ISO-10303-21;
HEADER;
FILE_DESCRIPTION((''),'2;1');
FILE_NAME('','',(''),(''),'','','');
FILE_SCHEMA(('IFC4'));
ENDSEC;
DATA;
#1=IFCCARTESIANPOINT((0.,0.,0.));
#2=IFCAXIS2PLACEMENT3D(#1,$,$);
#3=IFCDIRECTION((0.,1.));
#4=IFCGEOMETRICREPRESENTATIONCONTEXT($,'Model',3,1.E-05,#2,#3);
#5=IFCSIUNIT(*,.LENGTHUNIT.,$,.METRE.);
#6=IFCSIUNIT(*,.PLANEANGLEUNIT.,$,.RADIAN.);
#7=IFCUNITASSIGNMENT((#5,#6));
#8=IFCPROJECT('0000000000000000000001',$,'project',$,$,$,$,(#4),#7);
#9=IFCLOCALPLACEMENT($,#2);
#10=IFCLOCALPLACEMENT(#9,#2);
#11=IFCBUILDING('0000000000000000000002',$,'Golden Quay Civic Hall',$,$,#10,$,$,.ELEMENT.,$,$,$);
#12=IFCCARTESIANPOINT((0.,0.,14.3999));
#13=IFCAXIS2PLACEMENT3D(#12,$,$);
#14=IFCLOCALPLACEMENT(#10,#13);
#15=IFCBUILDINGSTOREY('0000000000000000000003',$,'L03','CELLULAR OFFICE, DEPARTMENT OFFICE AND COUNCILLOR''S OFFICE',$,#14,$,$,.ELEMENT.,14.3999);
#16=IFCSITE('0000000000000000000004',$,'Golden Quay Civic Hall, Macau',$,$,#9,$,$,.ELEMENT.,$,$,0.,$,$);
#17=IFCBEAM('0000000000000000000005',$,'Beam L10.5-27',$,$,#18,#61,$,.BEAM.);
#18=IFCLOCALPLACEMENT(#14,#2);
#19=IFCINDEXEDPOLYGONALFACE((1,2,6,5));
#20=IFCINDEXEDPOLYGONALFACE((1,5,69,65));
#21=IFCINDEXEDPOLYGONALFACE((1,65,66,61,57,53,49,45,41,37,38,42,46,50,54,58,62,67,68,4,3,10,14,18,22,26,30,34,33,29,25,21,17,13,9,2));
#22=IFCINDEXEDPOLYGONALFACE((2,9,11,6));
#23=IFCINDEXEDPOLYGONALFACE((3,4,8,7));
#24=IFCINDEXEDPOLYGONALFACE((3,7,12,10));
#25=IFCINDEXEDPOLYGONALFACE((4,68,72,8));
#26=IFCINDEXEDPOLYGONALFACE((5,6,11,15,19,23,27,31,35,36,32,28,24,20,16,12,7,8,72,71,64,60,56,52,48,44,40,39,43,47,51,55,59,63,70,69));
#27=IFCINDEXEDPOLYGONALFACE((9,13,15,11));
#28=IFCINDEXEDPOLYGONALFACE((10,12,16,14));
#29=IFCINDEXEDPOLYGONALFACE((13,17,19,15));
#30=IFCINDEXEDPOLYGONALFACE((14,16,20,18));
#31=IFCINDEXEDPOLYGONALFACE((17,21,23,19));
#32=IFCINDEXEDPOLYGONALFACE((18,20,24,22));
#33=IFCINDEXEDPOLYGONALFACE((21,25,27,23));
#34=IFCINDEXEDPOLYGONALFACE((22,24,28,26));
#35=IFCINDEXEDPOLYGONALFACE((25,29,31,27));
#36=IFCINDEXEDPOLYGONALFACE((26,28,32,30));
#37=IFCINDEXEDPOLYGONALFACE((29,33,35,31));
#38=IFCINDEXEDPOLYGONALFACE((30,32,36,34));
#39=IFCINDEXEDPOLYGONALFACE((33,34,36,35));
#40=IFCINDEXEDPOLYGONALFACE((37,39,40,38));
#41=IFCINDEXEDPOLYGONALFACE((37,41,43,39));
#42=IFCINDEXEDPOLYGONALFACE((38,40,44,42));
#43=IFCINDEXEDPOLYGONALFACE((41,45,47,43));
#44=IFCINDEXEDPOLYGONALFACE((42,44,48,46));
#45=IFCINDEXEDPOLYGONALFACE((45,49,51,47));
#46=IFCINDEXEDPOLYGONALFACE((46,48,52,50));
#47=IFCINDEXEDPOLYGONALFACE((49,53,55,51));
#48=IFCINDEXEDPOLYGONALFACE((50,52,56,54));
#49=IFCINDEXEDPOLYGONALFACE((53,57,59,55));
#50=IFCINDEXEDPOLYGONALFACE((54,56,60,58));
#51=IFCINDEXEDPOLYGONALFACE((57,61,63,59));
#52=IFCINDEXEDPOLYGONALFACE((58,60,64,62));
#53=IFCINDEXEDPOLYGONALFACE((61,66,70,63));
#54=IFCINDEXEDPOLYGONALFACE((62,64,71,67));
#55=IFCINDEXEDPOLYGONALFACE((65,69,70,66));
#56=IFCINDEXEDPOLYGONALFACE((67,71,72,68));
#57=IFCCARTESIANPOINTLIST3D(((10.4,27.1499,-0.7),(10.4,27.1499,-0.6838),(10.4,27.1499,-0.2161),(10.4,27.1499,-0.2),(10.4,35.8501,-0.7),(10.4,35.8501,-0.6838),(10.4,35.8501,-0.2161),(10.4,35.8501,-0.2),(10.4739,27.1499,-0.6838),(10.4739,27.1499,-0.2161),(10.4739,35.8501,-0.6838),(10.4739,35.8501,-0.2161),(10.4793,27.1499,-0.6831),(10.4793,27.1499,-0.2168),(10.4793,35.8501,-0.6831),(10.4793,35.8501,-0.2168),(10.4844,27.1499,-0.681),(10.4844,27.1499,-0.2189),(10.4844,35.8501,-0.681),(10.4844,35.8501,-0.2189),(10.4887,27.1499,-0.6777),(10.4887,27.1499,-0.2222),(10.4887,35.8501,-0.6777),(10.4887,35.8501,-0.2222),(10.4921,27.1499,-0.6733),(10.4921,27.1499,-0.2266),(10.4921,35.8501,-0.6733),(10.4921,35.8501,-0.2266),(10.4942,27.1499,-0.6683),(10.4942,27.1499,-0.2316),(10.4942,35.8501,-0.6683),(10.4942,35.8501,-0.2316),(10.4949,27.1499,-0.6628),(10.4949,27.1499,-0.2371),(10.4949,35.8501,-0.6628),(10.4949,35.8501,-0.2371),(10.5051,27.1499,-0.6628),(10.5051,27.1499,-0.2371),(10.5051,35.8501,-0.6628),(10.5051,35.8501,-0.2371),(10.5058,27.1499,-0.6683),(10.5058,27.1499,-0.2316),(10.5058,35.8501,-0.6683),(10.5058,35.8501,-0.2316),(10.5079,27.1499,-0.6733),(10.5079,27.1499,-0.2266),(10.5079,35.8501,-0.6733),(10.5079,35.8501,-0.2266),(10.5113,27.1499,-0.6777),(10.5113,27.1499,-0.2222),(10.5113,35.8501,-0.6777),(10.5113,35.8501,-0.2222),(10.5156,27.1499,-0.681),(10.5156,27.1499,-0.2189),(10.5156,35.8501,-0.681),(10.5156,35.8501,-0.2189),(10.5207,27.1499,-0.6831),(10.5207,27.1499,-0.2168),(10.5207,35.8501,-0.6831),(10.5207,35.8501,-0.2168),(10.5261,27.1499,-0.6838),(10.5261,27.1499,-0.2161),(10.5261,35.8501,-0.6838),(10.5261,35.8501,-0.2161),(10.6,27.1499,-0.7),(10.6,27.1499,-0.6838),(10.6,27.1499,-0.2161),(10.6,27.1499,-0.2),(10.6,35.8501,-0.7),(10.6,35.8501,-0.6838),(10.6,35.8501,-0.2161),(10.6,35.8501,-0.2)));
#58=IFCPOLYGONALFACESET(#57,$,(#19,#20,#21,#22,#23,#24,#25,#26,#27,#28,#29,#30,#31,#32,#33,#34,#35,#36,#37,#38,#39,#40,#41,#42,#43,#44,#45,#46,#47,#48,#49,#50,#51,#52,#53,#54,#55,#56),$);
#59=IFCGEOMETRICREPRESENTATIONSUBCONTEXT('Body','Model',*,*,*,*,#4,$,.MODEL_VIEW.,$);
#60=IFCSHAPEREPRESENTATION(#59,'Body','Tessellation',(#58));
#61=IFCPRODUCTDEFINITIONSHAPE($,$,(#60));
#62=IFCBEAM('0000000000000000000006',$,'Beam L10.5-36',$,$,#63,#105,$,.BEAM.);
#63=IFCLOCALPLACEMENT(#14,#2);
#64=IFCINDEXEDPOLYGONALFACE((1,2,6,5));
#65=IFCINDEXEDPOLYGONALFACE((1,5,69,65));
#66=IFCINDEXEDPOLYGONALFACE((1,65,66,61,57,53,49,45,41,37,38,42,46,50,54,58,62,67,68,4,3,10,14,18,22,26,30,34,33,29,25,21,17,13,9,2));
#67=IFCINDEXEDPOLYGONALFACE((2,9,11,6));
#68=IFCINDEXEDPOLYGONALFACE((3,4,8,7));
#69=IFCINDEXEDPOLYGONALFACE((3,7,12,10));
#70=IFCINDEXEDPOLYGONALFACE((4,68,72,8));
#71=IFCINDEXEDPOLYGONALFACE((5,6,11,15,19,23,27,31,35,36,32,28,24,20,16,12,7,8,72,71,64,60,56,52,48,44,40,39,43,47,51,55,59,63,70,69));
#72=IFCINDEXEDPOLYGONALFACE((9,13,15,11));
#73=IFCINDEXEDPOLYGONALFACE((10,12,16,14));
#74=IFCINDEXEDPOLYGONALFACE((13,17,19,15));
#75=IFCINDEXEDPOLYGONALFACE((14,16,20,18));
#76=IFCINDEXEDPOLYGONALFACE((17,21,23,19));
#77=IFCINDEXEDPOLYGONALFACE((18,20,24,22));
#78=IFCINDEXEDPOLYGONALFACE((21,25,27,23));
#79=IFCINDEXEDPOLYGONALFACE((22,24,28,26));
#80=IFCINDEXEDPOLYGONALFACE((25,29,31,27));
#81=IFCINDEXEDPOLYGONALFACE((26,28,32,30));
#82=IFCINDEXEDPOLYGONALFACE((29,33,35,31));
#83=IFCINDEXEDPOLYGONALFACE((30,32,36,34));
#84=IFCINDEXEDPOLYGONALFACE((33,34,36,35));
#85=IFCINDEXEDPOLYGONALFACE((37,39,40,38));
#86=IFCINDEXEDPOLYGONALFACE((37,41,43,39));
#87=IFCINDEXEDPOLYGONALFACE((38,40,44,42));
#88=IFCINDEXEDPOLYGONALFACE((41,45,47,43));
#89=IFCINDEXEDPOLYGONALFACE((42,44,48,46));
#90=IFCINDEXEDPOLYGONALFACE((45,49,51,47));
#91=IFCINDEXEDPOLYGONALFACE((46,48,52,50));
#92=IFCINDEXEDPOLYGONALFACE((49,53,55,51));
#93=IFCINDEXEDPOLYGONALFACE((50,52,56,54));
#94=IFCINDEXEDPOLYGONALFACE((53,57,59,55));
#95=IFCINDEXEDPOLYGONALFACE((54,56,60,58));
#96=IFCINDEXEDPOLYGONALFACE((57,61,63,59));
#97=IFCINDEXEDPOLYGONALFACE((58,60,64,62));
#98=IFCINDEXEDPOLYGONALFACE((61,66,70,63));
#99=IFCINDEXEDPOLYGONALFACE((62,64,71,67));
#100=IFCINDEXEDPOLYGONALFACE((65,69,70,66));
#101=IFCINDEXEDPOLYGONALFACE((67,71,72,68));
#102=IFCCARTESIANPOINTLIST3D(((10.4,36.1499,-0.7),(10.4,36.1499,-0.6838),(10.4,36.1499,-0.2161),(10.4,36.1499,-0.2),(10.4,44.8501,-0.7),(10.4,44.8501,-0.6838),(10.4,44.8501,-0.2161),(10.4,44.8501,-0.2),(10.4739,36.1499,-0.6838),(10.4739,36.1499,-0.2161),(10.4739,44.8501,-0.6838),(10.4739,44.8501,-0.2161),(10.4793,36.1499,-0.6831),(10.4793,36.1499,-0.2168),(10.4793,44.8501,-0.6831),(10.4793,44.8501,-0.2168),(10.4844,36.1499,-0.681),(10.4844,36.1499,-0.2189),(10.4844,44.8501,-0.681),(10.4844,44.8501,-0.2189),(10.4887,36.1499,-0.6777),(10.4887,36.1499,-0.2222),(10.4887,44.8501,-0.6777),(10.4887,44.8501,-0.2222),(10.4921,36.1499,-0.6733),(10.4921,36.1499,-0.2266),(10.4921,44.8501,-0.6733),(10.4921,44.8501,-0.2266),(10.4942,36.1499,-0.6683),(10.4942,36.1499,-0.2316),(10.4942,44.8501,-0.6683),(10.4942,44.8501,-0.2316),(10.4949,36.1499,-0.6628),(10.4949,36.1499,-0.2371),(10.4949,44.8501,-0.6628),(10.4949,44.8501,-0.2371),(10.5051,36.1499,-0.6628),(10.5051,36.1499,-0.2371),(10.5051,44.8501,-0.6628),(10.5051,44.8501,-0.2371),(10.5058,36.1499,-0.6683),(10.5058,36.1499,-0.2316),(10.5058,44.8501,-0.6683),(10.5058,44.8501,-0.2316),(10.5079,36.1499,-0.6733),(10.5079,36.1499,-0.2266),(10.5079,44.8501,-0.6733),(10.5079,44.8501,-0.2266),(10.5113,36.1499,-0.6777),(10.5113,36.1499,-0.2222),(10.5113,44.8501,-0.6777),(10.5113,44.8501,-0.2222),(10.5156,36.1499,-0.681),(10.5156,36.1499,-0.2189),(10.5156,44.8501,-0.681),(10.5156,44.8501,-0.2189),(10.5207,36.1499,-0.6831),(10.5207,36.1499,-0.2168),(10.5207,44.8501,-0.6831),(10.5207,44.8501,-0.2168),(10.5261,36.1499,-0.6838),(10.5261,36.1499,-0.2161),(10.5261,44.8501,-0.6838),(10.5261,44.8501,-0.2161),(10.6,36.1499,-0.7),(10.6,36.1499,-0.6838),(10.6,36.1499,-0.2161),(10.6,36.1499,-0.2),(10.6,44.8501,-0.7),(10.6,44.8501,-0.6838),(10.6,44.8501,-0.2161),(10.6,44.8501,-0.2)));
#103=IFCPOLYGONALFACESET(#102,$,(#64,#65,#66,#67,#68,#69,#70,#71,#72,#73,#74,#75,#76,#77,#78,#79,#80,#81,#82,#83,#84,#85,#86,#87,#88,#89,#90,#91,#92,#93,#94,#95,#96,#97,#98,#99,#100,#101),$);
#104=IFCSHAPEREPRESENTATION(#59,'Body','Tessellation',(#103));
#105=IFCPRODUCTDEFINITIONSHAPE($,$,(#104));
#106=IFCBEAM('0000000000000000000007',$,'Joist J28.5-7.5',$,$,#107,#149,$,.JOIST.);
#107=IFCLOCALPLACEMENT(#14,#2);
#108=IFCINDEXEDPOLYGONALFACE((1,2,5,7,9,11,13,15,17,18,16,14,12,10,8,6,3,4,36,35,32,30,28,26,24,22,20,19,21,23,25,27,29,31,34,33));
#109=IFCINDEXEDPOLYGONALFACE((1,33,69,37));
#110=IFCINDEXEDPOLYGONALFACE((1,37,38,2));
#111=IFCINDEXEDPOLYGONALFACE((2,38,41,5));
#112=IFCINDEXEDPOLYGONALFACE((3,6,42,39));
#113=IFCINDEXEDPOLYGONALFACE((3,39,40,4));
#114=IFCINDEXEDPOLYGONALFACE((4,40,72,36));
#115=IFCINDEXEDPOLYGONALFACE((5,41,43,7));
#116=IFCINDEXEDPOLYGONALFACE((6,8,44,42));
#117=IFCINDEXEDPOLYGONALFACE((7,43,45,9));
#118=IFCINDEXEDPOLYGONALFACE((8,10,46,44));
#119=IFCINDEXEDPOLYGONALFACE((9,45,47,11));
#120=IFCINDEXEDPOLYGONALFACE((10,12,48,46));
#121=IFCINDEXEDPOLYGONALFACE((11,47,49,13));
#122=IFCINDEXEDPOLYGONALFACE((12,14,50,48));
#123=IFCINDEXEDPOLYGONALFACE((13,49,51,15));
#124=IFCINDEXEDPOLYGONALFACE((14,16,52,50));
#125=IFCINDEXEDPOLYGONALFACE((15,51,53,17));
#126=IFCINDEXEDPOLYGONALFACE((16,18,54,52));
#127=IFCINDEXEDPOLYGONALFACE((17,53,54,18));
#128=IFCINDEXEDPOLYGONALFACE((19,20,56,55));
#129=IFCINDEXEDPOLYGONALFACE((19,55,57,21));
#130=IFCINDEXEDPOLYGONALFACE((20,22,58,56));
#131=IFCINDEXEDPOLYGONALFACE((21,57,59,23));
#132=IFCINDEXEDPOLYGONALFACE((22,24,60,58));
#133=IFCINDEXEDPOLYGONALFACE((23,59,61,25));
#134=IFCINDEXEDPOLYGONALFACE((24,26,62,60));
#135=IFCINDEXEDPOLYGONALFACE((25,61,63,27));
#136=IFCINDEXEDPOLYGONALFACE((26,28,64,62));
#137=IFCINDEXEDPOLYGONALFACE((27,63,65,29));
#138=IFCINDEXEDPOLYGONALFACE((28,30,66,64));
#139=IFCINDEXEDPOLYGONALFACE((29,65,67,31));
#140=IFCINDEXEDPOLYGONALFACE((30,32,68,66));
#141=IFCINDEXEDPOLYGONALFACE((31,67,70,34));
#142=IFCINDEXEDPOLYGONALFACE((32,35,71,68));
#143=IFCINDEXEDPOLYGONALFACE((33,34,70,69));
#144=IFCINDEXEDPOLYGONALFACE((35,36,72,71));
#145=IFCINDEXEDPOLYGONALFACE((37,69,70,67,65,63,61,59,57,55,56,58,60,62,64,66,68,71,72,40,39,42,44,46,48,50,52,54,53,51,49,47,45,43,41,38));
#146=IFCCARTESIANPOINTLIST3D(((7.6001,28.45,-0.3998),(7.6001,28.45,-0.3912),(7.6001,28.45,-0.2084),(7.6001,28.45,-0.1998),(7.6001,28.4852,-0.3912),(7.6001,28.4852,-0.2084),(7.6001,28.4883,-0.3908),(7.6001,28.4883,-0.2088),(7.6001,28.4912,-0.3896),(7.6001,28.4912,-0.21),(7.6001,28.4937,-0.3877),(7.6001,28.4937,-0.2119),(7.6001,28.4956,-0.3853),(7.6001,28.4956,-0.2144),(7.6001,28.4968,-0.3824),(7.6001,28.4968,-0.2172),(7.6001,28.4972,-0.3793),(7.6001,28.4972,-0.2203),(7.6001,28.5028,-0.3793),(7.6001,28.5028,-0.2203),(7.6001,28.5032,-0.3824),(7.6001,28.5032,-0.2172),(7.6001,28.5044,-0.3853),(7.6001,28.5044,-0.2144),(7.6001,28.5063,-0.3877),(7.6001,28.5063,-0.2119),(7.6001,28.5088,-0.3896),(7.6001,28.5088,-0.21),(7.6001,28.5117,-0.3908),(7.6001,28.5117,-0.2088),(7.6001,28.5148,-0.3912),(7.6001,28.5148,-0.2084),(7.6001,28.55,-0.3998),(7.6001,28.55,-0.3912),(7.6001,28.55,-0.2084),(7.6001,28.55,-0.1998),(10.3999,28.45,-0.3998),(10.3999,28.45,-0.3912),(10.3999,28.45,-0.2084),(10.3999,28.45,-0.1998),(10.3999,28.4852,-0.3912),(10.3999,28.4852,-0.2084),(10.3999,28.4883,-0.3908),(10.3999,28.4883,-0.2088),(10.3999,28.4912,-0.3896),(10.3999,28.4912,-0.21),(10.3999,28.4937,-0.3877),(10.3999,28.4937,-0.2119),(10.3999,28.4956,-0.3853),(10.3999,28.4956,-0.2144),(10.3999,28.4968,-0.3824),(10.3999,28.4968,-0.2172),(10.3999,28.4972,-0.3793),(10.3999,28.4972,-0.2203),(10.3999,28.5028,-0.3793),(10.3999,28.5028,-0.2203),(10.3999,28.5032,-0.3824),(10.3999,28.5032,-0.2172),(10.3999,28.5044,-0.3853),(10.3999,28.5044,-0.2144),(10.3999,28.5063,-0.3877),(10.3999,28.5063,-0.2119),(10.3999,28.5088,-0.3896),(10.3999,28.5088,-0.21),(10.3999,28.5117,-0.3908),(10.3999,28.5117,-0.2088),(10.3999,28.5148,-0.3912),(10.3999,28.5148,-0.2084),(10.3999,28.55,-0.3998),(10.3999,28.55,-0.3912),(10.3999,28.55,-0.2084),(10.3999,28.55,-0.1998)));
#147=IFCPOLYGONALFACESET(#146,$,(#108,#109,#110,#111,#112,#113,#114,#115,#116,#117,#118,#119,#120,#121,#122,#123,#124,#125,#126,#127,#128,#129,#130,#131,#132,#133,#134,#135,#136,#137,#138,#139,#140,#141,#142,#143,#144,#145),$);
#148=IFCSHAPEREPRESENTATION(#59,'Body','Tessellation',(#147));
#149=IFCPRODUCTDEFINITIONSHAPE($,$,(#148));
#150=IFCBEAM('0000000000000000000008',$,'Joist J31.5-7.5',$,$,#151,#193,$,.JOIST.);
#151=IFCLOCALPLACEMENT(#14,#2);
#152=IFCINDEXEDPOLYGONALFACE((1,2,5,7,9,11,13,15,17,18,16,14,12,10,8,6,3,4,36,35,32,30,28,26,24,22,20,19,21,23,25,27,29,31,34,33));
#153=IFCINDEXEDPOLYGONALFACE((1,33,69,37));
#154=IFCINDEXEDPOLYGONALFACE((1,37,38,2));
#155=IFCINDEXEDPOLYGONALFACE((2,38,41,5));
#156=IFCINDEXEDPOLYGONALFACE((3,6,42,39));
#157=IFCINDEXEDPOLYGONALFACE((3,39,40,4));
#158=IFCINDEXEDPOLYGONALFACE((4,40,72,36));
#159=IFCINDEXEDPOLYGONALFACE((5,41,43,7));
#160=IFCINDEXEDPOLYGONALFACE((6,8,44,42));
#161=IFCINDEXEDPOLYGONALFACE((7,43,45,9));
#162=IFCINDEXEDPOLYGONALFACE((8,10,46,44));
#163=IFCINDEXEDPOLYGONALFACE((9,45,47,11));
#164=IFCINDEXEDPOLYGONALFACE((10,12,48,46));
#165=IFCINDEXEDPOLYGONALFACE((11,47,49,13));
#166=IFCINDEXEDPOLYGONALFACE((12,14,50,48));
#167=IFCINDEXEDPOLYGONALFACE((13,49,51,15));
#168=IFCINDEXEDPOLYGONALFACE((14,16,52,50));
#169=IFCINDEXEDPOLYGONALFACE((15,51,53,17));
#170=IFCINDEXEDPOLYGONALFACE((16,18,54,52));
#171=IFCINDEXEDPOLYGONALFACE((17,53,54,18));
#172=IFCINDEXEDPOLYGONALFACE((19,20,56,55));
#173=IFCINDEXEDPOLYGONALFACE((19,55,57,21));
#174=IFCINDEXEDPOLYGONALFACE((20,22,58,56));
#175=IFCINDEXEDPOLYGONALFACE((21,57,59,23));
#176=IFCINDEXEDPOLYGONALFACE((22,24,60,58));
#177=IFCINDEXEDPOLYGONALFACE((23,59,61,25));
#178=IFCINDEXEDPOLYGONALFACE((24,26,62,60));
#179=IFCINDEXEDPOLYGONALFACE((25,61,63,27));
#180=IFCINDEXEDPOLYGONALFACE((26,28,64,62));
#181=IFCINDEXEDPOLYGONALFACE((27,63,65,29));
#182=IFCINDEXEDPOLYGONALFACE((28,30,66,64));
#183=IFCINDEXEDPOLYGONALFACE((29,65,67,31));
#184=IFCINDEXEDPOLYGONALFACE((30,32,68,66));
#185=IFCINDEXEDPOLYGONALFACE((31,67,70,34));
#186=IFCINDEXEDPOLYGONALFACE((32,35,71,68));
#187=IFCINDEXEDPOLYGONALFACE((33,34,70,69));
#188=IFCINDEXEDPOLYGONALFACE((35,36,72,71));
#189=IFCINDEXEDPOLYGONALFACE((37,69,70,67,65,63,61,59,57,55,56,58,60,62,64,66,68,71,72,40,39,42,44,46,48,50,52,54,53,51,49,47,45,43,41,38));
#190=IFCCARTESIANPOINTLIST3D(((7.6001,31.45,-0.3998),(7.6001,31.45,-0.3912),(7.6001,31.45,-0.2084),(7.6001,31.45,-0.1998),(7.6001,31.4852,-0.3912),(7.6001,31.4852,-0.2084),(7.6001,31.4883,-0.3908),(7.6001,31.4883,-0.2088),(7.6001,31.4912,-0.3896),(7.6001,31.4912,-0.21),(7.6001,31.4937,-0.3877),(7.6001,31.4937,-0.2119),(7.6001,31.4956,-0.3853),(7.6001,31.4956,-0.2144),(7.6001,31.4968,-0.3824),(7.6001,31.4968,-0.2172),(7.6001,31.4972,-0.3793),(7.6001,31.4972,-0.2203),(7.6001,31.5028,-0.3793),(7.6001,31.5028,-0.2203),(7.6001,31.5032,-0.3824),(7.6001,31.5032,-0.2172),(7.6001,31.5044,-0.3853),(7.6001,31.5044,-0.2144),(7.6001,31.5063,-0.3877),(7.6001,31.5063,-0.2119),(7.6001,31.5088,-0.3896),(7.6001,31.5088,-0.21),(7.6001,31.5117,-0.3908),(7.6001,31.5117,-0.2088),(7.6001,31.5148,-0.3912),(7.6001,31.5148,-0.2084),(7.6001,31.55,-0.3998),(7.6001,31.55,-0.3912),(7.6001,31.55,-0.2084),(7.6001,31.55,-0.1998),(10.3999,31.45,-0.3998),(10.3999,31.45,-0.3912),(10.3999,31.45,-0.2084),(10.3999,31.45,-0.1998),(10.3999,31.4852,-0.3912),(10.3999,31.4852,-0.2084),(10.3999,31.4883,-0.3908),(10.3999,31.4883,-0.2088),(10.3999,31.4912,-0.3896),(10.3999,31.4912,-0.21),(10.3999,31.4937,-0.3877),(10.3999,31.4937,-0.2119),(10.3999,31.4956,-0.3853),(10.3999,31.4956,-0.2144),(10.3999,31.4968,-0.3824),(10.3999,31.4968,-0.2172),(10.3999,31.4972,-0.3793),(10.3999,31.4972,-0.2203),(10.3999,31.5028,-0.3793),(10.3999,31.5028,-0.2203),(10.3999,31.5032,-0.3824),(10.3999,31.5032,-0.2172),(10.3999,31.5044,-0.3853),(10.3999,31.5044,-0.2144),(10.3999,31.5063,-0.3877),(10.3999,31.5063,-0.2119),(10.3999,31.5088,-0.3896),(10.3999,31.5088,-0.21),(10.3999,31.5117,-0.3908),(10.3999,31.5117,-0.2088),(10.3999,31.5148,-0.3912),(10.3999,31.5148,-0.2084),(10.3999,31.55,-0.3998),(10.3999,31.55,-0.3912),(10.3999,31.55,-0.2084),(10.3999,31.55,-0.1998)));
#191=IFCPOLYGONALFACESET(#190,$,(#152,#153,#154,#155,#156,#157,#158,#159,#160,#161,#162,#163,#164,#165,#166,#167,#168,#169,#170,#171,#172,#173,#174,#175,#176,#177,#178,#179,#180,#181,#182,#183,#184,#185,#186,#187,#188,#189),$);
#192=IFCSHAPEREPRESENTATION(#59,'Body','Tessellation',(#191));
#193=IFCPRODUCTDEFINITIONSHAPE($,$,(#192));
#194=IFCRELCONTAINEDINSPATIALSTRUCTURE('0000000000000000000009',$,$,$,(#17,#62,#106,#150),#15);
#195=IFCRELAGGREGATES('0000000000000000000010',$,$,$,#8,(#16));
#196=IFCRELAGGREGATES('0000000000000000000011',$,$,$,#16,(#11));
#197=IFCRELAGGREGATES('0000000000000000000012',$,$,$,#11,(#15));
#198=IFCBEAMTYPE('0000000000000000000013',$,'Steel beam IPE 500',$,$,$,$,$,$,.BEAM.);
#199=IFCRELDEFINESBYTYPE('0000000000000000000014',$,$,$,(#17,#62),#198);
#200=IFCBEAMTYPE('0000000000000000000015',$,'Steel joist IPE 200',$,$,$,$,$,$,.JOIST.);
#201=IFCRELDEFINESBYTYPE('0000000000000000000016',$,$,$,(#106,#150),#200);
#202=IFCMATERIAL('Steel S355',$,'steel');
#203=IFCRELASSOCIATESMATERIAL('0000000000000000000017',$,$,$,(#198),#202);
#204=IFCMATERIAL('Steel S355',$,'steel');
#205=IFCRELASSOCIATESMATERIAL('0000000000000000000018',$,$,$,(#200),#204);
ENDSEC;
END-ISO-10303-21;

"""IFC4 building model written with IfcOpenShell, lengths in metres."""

from ifc_helpers import new_model, si_unit, direction, frame, origin, origin_2d, place, context, subcontext, project, spatial, i_section, extrude, material, material_profile, profile_set, type_object, element, save


model = new_model("IFC4")

# Units and contexts
model_context = context("Model", 3, precision=1e-05, world=origin(), true_north=direction((0.0, 1.0)))
body_context = subcontext(model_context, "Body", "Model", "MODEL_VIEW")
ifc_project = project(units=[si_unit("LENGTHUNIT", "METRE"), si_unit("PLANEANGLEUNIT", "RADIAN")], contexts=[model_context])

# Site, building, storey
site_placement = place(None, origin())
site = spatial("IfcSite", under=ifc_project, at=site_placement, Name="Golden Quay Civic Hall, Macau", CompositionType="ELEMENT", RefElevation=0.0)
building_placement = place(site_placement, origin())
building = spatial("IfcBuilding", under=site, at=building_placement, Name="Golden Quay Civic Hall", CompositionType="ELEMENT")
storey_placement = place(building_placement, frame((0.0, 0.0, 14.3999)))
storey = spatial("IfcBuildingStorey", under=building, at=storey_placement, Name="L03", Description="CELLULAR OFFICE, DEPARTMENT OFFICE AND COUNCILLOR'S OFFICE", CompositionType="ELEMENT", Elevation=14.3999)

# Beams
ifc_material_1 = material(Name="Steel S355", Category="steel")
ifc_material_profile_1 = material_profile(ifc_material_1, i_section(OverallWidth=0.2, OverallDepth=0.5, WebThickness=0.0103, FlangeThickness=0.0161, FilletRadius=0.021, at=origin_2d()), Name="IPE 500")
ifc_profile_set_1 = profile_set([ifc_material_profile_1], Name="Steel S355")
beam_type_1 = type_object("IfcBeamType", Name="Steel beam IPE 500", PredefinedType="BEAM", material=ifc_profile_set_1)
for number, where, z_axis, x_axis, name in (
    (1, (10.5, 27.1499, -0.45), (0.0, 1.0, 0.0), (-1.0, 0.0, 0.0), "Beam L10.5-27"),
    (2, (10.5, 36.1499, -0.45), (0.0, 1.0, 0.0), (-1.0, 0.0, 0.0), "Beam L10.5-36"),
):
    element("IfcBeam", number, at=place(storey_placement, frame(where, z_axis=z_axis, x_axis=x_axis)), inside=storey, type_object=beam_type_1, Name=name, PredefinedType="BEAM", context=body_context, shape_type="SweptSolid", body=[
        extrude(i_section(OverallWidth=0.2, OverallDepth=0.5, WebThickness=0.0103, FlangeThickness=0.0161, FilletRadius=0.021, at=origin_2d()), origin(), (0.0, 0.0, 1.0), 8.7002),
    ])
ifc_material_2 = material(Name="Steel S355", Category="steel")
ifc_material_profile_2 = material_profile(ifc_material_2, i_section(OverallWidth=0.1001, OverallDepth=0.2, WebThickness=0.0056, FlangeThickness=0.0085, FilletRadius=0.012, at=origin_2d()), Name="IPE 200")
ifc_profile_set_2 = profile_set([ifc_material_profile_2], Name="Steel S355")
beam_type_2 = type_object("IfcBeamType", Name="Steel joist IPE 200", PredefinedType="JOIST", material=ifc_profile_set_2)
for number, where, z_axis, x_axis, name in (
    (3, (7.6001, 28.5, -0.2998), (1.0, 0.0, 0.0), (0.0, 1.0, 0.0), "Joist J28.5-7.5"),
    (4, (7.6001, 31.5, -0.2998), (1.0, 0.0, 0.0), (0.0, 1.0, 0.0), "Joist J31.5-7.5"),
):
    element("IfcBeam", number, at=place(storey_placement, frame(where, z_axis=z_axis, x_axis=x_axis)), inside=storey, type_object=beam_type_2, Name=name, PredefinedType="JOIST", context=body_context, shape_type="SweptSolid", body=[
        extrude(i_section(OverallWidth=0.1001, OverallDepth=0.2, WebThickness=0.0056, FlangeThickness=0.0085, FilletRadius=0.012, at=origin_2d()), origin(), (0.0, 0.0, 1.0), 2.7998),
    ])

save(model, "model.ifc")
